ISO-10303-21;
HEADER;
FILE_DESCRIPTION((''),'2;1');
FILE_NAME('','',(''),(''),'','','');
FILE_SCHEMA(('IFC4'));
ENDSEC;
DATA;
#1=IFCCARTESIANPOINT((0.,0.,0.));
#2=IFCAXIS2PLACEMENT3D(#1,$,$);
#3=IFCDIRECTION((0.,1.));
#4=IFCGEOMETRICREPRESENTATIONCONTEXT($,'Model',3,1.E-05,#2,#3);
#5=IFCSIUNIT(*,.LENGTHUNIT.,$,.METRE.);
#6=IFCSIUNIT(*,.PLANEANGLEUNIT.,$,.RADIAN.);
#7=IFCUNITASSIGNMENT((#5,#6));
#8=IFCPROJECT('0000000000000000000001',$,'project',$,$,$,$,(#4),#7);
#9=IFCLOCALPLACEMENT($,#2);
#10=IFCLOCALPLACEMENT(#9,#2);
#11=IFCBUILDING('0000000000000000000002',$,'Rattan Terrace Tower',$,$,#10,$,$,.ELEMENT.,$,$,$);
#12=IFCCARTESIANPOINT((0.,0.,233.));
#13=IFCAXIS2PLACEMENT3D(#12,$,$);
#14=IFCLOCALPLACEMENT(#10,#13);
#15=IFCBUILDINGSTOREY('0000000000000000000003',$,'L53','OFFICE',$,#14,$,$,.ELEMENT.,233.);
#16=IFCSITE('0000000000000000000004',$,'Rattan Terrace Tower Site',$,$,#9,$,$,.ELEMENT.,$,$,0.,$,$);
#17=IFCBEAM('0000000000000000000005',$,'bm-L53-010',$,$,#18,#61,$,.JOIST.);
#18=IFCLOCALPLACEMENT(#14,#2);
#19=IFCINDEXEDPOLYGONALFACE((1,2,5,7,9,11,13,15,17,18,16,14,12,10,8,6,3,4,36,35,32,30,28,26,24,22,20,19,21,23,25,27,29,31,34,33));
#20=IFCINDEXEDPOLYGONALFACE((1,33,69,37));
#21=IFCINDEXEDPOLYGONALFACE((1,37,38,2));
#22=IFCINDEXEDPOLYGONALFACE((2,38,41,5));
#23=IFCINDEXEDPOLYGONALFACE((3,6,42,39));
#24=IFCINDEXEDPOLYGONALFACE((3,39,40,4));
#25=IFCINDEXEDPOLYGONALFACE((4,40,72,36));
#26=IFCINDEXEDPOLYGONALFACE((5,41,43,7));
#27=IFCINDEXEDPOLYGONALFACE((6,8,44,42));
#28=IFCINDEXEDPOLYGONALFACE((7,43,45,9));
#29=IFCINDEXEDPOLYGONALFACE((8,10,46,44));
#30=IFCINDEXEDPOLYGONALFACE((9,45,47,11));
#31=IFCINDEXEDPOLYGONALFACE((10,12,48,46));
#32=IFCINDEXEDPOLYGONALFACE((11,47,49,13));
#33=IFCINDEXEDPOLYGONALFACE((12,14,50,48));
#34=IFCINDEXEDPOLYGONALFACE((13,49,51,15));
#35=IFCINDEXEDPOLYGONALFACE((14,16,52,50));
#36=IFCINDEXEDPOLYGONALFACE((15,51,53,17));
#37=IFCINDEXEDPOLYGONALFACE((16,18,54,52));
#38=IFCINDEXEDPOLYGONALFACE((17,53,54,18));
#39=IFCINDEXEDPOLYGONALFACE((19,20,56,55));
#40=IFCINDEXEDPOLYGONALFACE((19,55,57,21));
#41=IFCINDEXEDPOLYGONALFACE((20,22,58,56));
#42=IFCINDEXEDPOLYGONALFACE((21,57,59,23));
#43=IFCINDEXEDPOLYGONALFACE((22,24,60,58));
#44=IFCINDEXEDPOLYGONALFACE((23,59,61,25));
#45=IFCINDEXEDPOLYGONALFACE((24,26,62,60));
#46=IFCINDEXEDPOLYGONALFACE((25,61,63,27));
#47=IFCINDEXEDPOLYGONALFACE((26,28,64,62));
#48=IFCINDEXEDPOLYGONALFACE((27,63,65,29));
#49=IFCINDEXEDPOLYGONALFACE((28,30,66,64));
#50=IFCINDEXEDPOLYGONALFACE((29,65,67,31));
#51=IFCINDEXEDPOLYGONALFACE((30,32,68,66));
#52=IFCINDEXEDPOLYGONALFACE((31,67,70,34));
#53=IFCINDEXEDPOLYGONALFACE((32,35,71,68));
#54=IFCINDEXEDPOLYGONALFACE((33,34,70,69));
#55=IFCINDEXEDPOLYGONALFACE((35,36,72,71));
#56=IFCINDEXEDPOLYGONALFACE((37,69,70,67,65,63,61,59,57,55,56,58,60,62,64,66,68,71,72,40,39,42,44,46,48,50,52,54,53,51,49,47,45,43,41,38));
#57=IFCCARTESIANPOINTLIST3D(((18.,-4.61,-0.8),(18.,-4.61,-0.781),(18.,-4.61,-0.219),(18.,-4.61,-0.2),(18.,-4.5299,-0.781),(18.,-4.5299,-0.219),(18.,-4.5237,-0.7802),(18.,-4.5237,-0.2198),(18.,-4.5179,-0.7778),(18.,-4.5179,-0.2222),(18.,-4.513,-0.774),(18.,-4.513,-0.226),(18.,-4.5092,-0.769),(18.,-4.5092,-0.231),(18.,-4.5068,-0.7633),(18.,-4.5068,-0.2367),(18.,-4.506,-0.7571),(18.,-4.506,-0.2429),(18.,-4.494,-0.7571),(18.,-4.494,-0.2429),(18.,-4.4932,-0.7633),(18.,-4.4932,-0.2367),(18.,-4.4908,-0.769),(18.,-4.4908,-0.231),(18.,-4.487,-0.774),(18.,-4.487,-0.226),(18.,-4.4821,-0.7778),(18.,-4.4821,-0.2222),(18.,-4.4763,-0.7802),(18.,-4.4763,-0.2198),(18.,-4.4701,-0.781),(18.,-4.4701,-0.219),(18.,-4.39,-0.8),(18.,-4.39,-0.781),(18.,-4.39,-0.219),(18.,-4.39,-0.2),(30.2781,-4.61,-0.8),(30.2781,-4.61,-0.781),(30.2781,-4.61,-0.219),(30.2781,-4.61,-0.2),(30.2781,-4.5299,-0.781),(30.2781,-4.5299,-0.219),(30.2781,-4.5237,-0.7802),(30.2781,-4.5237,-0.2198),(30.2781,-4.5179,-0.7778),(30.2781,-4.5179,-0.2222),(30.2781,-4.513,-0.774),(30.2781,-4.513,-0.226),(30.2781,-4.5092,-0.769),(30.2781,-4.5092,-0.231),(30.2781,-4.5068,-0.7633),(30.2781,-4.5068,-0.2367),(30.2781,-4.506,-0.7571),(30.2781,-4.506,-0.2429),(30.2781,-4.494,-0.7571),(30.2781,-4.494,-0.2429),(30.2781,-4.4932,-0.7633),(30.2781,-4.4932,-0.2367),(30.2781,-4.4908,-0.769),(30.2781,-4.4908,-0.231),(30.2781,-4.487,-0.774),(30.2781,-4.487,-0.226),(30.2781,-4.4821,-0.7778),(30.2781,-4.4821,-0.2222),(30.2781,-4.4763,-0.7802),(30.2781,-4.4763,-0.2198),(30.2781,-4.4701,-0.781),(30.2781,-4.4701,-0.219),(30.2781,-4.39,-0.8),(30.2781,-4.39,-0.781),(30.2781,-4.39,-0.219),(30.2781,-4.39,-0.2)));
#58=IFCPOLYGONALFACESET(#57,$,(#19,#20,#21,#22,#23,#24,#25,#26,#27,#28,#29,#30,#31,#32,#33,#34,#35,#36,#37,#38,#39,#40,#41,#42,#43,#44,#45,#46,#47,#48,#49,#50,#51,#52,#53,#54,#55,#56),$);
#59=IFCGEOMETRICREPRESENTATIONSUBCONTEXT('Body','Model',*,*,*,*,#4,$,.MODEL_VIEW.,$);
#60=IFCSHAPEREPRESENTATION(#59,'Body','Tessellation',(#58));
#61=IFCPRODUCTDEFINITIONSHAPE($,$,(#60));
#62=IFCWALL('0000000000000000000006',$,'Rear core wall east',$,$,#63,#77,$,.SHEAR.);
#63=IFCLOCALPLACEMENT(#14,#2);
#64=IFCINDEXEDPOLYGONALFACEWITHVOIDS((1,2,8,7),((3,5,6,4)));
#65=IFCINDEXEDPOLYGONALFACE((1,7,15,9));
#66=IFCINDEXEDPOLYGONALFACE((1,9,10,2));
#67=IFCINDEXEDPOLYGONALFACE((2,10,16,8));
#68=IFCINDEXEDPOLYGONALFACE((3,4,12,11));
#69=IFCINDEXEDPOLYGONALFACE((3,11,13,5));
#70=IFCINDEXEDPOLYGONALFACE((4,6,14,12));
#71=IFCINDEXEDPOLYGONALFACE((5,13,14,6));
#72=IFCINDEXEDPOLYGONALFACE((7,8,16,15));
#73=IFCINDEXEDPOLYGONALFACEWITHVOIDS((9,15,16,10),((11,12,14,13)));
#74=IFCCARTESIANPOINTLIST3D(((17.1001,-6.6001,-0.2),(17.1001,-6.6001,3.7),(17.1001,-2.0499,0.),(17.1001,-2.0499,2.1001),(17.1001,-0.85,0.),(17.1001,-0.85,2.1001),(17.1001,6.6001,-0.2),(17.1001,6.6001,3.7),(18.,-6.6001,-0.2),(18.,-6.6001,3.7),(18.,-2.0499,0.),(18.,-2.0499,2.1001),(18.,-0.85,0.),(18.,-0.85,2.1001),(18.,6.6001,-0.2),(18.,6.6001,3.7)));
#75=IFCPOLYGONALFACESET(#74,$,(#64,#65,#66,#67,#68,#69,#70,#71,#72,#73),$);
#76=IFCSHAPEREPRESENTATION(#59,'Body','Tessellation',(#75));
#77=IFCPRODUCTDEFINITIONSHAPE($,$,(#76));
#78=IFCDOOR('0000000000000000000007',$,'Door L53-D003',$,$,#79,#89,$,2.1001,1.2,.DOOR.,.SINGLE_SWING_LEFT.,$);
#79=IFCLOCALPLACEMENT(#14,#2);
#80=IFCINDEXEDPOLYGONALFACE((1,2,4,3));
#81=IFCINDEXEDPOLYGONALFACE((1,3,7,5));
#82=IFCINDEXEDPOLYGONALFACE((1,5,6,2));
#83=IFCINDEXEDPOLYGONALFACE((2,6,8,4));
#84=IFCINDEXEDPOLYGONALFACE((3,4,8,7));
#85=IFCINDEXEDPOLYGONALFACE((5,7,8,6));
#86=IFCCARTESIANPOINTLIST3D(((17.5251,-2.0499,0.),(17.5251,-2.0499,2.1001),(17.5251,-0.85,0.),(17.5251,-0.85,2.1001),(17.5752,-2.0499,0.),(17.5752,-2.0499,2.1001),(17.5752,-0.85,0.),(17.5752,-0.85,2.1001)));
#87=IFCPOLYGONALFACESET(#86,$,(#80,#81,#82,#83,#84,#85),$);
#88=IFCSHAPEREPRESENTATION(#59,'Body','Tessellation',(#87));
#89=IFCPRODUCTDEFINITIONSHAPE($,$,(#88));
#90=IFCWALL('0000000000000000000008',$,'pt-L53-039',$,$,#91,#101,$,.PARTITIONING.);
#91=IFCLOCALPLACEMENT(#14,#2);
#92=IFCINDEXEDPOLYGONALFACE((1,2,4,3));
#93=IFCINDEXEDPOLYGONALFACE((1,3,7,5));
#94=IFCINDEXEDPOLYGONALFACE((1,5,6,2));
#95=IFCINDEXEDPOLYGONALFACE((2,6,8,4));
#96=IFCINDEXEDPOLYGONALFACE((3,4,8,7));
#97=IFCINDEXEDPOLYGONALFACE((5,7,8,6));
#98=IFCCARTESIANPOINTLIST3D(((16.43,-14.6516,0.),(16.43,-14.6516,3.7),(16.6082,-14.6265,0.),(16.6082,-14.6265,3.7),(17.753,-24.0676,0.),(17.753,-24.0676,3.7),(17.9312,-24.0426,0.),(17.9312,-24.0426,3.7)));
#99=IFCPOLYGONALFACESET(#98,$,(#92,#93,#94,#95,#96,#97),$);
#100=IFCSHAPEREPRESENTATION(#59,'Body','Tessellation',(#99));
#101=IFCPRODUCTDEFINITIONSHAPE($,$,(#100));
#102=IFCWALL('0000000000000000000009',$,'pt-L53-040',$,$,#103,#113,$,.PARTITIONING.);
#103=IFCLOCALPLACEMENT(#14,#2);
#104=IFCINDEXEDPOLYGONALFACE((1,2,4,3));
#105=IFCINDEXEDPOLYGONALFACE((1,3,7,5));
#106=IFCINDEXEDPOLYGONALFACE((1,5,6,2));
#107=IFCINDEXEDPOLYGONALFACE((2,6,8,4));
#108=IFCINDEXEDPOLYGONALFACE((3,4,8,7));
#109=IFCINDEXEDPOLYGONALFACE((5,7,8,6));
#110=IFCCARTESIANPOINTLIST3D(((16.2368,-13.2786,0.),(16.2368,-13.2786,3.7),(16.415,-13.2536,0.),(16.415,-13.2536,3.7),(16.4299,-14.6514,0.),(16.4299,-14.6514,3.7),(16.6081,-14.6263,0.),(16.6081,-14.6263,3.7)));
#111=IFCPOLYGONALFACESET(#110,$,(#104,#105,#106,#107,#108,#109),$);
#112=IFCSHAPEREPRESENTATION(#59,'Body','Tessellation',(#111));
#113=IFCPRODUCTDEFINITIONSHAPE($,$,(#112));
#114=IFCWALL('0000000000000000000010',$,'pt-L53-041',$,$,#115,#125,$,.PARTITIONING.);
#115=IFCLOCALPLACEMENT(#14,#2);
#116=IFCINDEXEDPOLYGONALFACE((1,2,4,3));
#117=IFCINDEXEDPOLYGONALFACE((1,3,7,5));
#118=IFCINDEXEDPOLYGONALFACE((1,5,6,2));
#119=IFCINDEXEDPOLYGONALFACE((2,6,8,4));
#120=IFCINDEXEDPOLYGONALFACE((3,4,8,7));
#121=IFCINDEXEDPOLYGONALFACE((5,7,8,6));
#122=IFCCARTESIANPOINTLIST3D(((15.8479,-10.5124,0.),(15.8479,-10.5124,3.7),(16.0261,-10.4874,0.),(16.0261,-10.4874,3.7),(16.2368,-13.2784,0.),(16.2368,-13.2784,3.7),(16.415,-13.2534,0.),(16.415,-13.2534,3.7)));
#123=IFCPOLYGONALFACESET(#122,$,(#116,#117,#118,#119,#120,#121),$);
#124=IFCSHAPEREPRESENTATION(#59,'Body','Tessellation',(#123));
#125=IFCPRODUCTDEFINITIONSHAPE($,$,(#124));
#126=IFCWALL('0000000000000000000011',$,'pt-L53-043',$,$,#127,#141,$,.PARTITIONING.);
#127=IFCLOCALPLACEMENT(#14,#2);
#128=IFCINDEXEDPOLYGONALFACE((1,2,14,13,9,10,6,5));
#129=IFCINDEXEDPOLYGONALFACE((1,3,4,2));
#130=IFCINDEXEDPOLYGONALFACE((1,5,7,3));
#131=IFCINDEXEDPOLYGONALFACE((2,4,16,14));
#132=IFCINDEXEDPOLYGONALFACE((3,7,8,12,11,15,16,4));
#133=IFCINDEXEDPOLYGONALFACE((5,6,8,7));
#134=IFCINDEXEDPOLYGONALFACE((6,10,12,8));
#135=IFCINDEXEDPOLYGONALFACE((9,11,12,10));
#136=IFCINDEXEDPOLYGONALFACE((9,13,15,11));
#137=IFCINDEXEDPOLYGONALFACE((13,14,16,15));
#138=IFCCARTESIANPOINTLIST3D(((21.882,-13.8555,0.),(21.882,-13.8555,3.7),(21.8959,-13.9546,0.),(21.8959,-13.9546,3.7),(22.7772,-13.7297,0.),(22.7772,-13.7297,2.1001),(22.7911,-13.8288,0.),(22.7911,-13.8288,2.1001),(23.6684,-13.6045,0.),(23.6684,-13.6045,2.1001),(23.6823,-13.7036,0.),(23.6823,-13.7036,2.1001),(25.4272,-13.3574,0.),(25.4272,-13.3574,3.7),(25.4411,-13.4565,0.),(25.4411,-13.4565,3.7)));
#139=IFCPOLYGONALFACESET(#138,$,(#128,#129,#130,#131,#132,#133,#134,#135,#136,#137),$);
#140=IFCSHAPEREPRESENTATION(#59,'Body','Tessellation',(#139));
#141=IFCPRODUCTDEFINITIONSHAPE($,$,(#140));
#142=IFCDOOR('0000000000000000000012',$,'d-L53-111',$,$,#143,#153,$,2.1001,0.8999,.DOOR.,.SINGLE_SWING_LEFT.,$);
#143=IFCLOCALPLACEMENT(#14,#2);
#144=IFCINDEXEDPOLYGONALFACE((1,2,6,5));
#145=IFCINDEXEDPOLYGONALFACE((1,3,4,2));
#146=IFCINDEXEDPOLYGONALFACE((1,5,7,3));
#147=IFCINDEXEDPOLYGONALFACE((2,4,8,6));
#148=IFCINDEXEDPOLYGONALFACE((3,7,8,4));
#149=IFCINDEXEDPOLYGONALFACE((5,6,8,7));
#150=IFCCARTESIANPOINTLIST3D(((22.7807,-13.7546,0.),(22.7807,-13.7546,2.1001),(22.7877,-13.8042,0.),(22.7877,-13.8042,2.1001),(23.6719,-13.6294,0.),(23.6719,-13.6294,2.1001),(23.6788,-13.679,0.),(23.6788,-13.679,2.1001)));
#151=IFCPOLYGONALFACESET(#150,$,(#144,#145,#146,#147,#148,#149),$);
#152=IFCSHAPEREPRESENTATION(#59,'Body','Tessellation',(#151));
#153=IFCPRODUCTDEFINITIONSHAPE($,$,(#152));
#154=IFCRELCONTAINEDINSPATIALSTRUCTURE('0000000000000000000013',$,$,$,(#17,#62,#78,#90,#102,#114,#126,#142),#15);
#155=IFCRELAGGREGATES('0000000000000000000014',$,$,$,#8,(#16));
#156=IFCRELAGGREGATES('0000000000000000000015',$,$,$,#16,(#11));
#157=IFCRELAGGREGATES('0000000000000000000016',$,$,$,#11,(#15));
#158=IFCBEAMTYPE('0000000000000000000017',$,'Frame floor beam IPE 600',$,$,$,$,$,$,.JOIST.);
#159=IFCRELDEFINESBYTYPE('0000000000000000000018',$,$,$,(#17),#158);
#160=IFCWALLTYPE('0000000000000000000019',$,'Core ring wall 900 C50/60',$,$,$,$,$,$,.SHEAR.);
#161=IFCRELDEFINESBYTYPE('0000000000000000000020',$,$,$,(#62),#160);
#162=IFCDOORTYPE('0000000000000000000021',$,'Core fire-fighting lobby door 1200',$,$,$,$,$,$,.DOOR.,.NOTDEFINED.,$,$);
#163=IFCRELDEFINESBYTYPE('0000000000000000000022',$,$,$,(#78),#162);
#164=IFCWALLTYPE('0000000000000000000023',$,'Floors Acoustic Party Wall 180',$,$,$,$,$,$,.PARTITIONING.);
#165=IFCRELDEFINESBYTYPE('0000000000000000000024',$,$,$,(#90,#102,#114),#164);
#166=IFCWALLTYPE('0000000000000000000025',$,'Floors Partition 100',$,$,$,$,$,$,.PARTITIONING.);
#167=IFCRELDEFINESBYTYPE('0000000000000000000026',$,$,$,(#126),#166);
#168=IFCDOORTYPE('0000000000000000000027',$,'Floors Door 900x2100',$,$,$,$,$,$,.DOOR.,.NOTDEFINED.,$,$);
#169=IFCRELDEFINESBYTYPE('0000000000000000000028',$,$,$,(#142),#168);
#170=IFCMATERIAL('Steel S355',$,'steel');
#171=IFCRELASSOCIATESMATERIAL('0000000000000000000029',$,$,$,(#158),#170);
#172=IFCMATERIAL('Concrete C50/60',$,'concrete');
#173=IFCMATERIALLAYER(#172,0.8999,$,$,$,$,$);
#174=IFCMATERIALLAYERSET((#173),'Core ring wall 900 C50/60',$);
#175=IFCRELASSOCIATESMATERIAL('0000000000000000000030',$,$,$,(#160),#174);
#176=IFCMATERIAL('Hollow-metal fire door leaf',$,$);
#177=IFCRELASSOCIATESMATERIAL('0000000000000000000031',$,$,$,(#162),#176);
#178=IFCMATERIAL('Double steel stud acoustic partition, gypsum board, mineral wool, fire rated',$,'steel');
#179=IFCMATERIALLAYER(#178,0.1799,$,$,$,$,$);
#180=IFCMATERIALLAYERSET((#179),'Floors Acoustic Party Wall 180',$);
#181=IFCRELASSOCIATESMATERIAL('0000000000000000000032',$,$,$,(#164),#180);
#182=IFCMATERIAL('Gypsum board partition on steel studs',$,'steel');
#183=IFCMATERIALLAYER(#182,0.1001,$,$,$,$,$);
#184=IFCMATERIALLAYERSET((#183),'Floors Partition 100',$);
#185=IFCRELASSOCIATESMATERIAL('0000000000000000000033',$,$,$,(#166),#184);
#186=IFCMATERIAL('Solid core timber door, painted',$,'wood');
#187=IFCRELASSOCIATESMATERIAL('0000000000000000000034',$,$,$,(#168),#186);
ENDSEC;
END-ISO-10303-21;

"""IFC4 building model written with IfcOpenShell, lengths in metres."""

from ifc_helpers import new_model, si_unit, direction, frame, frame_2d, origin, origin_2d, place, context, subcontext, project, spatial, rectangle, i_section, extrude, material, layer, layer_set, material_profile, profile_set, type_object, element, fill, save


model = new_model("IFC4")

# Units and contexts
model_context = context("Model", 3, precision=1e-05, world=origin(), true_north=direction((0.0, 1.0)))
body_context = subcontext(model_context, "Body", "Model", "MODEL_VIEW")
ifc_project = project(units=[si_unit("LENGTHUNIT", "METRE"), si_unit("PLANEANGLEUNIT", "RADIAN")], contexts=[model_context])

# Site, building, storey
site_placement = place(None, origin())
site = spatial("IfcSite", under=ifc_project, at=site_placement, Name="Rattan Terrace Tower Site", CompositionType="ELEMENT", RefElevation=0.0)
building_placement = place(site_placement, origin())
building = spatial("IfcBuilding", under=site, at=building_placement, Name="Rattan Terrace Tower", CompositionType="ELEMENT")
storey_placement = place(building_placement, frame((0.0, 0.0, 233.0)))
storey = spatial("IfcBuildingStorey", under=building, at=storey_placement, Name="L53", Description="OFFICE", CompositionType="ELEMENT", Elevation=233.0)

# Beam
ifc_material_1 = material(Name="Steel S355", Category="steel")
ifc_material_profile = material_profile(ifc_material_1, i_section(OverallWidth=0.22, OverallDepth=0.6001, WebThickness=0.012, FlangeThickness=0.019, FilletRadius=0.0239, at=origin_2d()), Name="IPE 600")
ifc_profile_set = profile_set([ifc_material_profile], Name="Steel S355")
beam_type = type_object("IfcBeamType", Name="Frame floor beam IPE 600", PredefinedType="JOIST", material=ifc_profile_set)
beam_placement = place(storey_placement, frame((18.0, -4.5, -0.5), z_axis=(1.0, 0.0, 0.0), x_axis=(0.0, 1.0, 0.0)))
element("IfcBeam", 1, at=beam_placement, inside=storey, type_object=beam_type, Name="bm-L53-010", PredefinedType="JOIST", context=body_context, shape_type="SweptSolid", body=[
    extrude(i_section(OverallWidth=0.22, OverallDepth=0.6001, WebThickness=0.012, FlangeThickness=0.019, FilletRadius=0.0239, at=origin_2d()), origin(), (0.0, 0.0, 1.0), 12.2781),
])

# Wall, opening, door
ifc_material_2 = material(Name="Concrete C50/60", Category="concrete")
ifc_layer_1 = layer(ifc_material_2, 0.8999)
ifc_layer_set_1 = layer_set([ifc_layer_1], Name="Core ring wall 900 C50/60")
wall_type_1 = type_object("IfcWallType", Name="Core ring wall 900 C50/60", PredefinedType="SHEAR", material=ifc_layer_set_1)
wall_1_placement = place(storey_placement, frame((17.55, -6.6001, -0.2), z_axis=(0.0, 0.0, 1.0), x_axis=(0.0, 1.0, 0.0)))
wall_1 = element("IfcWall", 2, at=wall_1_placement, inside=storey, type_object=wall_type_1, Name="Rear core wall east", PredefinedType="SHEAR", context=body_context, shape_type="SweptSolid", body=[
    extrude(rectangle(XDim=13.2002, YDim=0.8999, at=frame_2d((6.6001, 0.0))), origin(), (0.0, 0.0, 1.0), 3.8999),
])
opening_1_placement = place(wall_1_placement, frame((4.55, 0.0, 0.2)))
opening_1 = element("IfcOpeningElement", 3, at=opening_1_placement, cuts=wall_1, PredefinedType="OPENING", context=body_context, shape_type="SweptSolid", body=[
    extrude(rectangle(XDim=1.2, YDim=2.1001, at=frame_2d((0.6001, 1.05))), frame((0.0, 0.4604, 0.0), z_axis=(0.0, -1.0, 0.0), x_axis=(1.0, 0.0, 0.0)), (0.0, 0.0, 1.0), 0.9209),
])
ifc_material_3 = material(Name="Hollow-metal fire door leaf")
door_type_1 = type_object("IfcDoorType", Name="Core fire-fighting lobby door 1200", OperationType="NOTDEFINED", PredefinedType="DOOR", material=ifc_material_3)
door_1_placement = place(opening_1_placement, origin())
door_1 = element("IfcDoor", 4, at=door_1_placement, inside=storey, type_object=door_type_1, Name="Door L53-D003", OperationType="SINGLE_SWING_LEFT", OverallHeight=2.1001, OverallWidth=1.2, PredefinedType="DOOR", context=body_context, shape_type="SweptSolid", body=[
    extrude(rectangle(XDim=1.2, YDim=2.1001, at=frame_2d((0.6001, 1.05))), frame((0.0, 0.0249, 0.0), z_axis=(0.0, -1.0, 0.0), x_axis=(1.0, 0.0, 0.0)), (0.0, 0.0, 1.0), 0.05),
])
fill(opening_1, door_1)

# Walls
ifc_material_4 = material(Name="Double steel stud acoustic partition, gypsum board, mineral wool, fire rated", Category="steel")
ifc_layer_2 = layer(ifc_material_4, 0.1799)
ifc_layer_set_2 = layer_set([ifc_layer_2], Name="Floors Acoustic Party Wall 180")
wall_type_2 = type_object("IfcWallType", Name="Floors Acoustic Party Wall 180", PredefinedType="PARTITIONING", material=ifc_layer_set_2)
wall_2_placement = place(storey_placement, frame((16.519, -14.6389, 0.0), z_axis=(0.0, 0.0, 1.0), x_axis=(0.139138, -0.990273, 0.0)))
element("IfcWall", 5, at=wall_2_placement, inside=storey, type_object=wall_type_2, Name="pt-L53-039", PredefinedType="PARTITIONING", context=body_context, shape_type="SweptSolid", body=[
    extrude(rectangle(XDim=9.5085, YDim=0.1799, at=frame_2d((4.7544, 0.0))), origin(), (0.0, 0.0, 1.0), 3.7),
])
wall_3_placement = place(storey_placement, frame((16.3259, -13.2661, 0.0), z_axis=(0.0, 0.0, 1.0), x_axis=(0.139301, -0.99025, 0.0)))
element("IfcWall", 6, at=wall_3_placement, inside=storey, type_object=wall_type_2, Name="pt-L53-040", PredefinedType="PARTITIONING", context=body_context, shape_type="SweptSolid", body=[
    extrude(rectangle(XDim=1.3862, YDim=0.1799, at=frame_2d((0.6931, 0.0))), origin(), (0.0, 0.0, 1.0), 3.7),
])
wall_4_placement = place(storey_placement, frame((15.937, -10.5, 0.0), z_axis=(0.0, 0.0, 1.0), x_axis=(0.139231, -0.99026, 0.0)))
element("IfcWall", 7, at=wall_4_placement, inside=storey, type_object=wall_type_2, Name="pt-L53-041", PredefinedType="PARTITIONING", context=body_context, shape_type="SweptSolid", body=[
    extrude(rectangle(XDim=2.7932, YDim=0.1799, at=frame_2d((1.3965, 0.0))), origin(), (0.0, 0.0, 1.0), 3.7),
])

# Wall, opening, door
ifc_material_5 = material(Name="Gypsum board partition on steel studs", Category="steel")
ifc_layer_3 = layer(ifc_material_5, 0.1001)
ifc_layer_set_3 = layer_set([ifc_layer_3], Name="Floors Partition 100")
wall_type_3 = type_object("IfcWallType", Name="Floors Partition 100", PredefinedType="PARTITIONING", material=ifc_layer_set_3)
wall_5_placement = place(storey_placement, frame((21.8889, -13.905, 0.0), z_axis=(0.0, 0.0, 1.0), x_axis=(0.990276, 0.13912, 0.0)))
wall_5 = element("IfcWall", 8, at=wall_5_placement, inside=storey, type_object=wall_type_3, Name="pt-L53-043", PredefinedType="PARTITIONING", context=body_context, shape_type="SweptSolid", body=[
    extrude(rectangle(XDim=3.5801, YDim=0.1001, at=frame_2d((1.79, 0.0))), origin(), (0.0, 0.0, 1.0), 3.7),
])
opening_2_placement = place(wall_5_placement, frame((0.9041, 0.0, 0.0)))
opening_2 = element("IfcOpeningElement", 9, at=opening_2_placement, cuts=wall_5, PredefinedType="OPENING", context=body_context, shape_type="SweptSolid", body=[
    extrude(rectangle(XDim=0.8999, YDim=2.1001, at=frame_2d((0.45, 1.05))), frame((0.0, 0.0605, 0.0), z_axis=(0.0, -1.0, 0.0), x_axis=(1.0, 0.0, 0.0)), (0.0, 0.0, 1.0), 0.1211),
])
ifc_material_6 = material(Name="Solid core timber door, painted", Category="wood")
door_type_2 = type_object("IfcDoorType", Name="Floors Door 900x2100", OperationType="NOTDEFINED", PredefinedType="DOOR", material=ifc_material_6)
door_2_placement = place(opening_2_placement, origin())
door_2 = element("IfcDoor", 10, at=door_2_placement, inside=storey, type_object=door_type_2, Name="d-L53-111", OperationType="SINGLE_SWING_LEFT", OverallHeight=2.1001, OverallWidth=0.8999, PredefinedType="DOOR", context=body_context, shape_type="SweptSolid", body=[
    extrude(rectangle(XDim=0.8999, YDim=2.1001, at=frame_2d((0.45, 1.05))), frame((0.0, 0.0249, 0.0), z_axis=(0.0, -1.0, 0.0), x_axis=(1.0, 0.0, 0.0)), (0.0, 0.0, 1.0), 0.05),
])
fill(opening_2, door_2)

save(model, "model.ifc")
